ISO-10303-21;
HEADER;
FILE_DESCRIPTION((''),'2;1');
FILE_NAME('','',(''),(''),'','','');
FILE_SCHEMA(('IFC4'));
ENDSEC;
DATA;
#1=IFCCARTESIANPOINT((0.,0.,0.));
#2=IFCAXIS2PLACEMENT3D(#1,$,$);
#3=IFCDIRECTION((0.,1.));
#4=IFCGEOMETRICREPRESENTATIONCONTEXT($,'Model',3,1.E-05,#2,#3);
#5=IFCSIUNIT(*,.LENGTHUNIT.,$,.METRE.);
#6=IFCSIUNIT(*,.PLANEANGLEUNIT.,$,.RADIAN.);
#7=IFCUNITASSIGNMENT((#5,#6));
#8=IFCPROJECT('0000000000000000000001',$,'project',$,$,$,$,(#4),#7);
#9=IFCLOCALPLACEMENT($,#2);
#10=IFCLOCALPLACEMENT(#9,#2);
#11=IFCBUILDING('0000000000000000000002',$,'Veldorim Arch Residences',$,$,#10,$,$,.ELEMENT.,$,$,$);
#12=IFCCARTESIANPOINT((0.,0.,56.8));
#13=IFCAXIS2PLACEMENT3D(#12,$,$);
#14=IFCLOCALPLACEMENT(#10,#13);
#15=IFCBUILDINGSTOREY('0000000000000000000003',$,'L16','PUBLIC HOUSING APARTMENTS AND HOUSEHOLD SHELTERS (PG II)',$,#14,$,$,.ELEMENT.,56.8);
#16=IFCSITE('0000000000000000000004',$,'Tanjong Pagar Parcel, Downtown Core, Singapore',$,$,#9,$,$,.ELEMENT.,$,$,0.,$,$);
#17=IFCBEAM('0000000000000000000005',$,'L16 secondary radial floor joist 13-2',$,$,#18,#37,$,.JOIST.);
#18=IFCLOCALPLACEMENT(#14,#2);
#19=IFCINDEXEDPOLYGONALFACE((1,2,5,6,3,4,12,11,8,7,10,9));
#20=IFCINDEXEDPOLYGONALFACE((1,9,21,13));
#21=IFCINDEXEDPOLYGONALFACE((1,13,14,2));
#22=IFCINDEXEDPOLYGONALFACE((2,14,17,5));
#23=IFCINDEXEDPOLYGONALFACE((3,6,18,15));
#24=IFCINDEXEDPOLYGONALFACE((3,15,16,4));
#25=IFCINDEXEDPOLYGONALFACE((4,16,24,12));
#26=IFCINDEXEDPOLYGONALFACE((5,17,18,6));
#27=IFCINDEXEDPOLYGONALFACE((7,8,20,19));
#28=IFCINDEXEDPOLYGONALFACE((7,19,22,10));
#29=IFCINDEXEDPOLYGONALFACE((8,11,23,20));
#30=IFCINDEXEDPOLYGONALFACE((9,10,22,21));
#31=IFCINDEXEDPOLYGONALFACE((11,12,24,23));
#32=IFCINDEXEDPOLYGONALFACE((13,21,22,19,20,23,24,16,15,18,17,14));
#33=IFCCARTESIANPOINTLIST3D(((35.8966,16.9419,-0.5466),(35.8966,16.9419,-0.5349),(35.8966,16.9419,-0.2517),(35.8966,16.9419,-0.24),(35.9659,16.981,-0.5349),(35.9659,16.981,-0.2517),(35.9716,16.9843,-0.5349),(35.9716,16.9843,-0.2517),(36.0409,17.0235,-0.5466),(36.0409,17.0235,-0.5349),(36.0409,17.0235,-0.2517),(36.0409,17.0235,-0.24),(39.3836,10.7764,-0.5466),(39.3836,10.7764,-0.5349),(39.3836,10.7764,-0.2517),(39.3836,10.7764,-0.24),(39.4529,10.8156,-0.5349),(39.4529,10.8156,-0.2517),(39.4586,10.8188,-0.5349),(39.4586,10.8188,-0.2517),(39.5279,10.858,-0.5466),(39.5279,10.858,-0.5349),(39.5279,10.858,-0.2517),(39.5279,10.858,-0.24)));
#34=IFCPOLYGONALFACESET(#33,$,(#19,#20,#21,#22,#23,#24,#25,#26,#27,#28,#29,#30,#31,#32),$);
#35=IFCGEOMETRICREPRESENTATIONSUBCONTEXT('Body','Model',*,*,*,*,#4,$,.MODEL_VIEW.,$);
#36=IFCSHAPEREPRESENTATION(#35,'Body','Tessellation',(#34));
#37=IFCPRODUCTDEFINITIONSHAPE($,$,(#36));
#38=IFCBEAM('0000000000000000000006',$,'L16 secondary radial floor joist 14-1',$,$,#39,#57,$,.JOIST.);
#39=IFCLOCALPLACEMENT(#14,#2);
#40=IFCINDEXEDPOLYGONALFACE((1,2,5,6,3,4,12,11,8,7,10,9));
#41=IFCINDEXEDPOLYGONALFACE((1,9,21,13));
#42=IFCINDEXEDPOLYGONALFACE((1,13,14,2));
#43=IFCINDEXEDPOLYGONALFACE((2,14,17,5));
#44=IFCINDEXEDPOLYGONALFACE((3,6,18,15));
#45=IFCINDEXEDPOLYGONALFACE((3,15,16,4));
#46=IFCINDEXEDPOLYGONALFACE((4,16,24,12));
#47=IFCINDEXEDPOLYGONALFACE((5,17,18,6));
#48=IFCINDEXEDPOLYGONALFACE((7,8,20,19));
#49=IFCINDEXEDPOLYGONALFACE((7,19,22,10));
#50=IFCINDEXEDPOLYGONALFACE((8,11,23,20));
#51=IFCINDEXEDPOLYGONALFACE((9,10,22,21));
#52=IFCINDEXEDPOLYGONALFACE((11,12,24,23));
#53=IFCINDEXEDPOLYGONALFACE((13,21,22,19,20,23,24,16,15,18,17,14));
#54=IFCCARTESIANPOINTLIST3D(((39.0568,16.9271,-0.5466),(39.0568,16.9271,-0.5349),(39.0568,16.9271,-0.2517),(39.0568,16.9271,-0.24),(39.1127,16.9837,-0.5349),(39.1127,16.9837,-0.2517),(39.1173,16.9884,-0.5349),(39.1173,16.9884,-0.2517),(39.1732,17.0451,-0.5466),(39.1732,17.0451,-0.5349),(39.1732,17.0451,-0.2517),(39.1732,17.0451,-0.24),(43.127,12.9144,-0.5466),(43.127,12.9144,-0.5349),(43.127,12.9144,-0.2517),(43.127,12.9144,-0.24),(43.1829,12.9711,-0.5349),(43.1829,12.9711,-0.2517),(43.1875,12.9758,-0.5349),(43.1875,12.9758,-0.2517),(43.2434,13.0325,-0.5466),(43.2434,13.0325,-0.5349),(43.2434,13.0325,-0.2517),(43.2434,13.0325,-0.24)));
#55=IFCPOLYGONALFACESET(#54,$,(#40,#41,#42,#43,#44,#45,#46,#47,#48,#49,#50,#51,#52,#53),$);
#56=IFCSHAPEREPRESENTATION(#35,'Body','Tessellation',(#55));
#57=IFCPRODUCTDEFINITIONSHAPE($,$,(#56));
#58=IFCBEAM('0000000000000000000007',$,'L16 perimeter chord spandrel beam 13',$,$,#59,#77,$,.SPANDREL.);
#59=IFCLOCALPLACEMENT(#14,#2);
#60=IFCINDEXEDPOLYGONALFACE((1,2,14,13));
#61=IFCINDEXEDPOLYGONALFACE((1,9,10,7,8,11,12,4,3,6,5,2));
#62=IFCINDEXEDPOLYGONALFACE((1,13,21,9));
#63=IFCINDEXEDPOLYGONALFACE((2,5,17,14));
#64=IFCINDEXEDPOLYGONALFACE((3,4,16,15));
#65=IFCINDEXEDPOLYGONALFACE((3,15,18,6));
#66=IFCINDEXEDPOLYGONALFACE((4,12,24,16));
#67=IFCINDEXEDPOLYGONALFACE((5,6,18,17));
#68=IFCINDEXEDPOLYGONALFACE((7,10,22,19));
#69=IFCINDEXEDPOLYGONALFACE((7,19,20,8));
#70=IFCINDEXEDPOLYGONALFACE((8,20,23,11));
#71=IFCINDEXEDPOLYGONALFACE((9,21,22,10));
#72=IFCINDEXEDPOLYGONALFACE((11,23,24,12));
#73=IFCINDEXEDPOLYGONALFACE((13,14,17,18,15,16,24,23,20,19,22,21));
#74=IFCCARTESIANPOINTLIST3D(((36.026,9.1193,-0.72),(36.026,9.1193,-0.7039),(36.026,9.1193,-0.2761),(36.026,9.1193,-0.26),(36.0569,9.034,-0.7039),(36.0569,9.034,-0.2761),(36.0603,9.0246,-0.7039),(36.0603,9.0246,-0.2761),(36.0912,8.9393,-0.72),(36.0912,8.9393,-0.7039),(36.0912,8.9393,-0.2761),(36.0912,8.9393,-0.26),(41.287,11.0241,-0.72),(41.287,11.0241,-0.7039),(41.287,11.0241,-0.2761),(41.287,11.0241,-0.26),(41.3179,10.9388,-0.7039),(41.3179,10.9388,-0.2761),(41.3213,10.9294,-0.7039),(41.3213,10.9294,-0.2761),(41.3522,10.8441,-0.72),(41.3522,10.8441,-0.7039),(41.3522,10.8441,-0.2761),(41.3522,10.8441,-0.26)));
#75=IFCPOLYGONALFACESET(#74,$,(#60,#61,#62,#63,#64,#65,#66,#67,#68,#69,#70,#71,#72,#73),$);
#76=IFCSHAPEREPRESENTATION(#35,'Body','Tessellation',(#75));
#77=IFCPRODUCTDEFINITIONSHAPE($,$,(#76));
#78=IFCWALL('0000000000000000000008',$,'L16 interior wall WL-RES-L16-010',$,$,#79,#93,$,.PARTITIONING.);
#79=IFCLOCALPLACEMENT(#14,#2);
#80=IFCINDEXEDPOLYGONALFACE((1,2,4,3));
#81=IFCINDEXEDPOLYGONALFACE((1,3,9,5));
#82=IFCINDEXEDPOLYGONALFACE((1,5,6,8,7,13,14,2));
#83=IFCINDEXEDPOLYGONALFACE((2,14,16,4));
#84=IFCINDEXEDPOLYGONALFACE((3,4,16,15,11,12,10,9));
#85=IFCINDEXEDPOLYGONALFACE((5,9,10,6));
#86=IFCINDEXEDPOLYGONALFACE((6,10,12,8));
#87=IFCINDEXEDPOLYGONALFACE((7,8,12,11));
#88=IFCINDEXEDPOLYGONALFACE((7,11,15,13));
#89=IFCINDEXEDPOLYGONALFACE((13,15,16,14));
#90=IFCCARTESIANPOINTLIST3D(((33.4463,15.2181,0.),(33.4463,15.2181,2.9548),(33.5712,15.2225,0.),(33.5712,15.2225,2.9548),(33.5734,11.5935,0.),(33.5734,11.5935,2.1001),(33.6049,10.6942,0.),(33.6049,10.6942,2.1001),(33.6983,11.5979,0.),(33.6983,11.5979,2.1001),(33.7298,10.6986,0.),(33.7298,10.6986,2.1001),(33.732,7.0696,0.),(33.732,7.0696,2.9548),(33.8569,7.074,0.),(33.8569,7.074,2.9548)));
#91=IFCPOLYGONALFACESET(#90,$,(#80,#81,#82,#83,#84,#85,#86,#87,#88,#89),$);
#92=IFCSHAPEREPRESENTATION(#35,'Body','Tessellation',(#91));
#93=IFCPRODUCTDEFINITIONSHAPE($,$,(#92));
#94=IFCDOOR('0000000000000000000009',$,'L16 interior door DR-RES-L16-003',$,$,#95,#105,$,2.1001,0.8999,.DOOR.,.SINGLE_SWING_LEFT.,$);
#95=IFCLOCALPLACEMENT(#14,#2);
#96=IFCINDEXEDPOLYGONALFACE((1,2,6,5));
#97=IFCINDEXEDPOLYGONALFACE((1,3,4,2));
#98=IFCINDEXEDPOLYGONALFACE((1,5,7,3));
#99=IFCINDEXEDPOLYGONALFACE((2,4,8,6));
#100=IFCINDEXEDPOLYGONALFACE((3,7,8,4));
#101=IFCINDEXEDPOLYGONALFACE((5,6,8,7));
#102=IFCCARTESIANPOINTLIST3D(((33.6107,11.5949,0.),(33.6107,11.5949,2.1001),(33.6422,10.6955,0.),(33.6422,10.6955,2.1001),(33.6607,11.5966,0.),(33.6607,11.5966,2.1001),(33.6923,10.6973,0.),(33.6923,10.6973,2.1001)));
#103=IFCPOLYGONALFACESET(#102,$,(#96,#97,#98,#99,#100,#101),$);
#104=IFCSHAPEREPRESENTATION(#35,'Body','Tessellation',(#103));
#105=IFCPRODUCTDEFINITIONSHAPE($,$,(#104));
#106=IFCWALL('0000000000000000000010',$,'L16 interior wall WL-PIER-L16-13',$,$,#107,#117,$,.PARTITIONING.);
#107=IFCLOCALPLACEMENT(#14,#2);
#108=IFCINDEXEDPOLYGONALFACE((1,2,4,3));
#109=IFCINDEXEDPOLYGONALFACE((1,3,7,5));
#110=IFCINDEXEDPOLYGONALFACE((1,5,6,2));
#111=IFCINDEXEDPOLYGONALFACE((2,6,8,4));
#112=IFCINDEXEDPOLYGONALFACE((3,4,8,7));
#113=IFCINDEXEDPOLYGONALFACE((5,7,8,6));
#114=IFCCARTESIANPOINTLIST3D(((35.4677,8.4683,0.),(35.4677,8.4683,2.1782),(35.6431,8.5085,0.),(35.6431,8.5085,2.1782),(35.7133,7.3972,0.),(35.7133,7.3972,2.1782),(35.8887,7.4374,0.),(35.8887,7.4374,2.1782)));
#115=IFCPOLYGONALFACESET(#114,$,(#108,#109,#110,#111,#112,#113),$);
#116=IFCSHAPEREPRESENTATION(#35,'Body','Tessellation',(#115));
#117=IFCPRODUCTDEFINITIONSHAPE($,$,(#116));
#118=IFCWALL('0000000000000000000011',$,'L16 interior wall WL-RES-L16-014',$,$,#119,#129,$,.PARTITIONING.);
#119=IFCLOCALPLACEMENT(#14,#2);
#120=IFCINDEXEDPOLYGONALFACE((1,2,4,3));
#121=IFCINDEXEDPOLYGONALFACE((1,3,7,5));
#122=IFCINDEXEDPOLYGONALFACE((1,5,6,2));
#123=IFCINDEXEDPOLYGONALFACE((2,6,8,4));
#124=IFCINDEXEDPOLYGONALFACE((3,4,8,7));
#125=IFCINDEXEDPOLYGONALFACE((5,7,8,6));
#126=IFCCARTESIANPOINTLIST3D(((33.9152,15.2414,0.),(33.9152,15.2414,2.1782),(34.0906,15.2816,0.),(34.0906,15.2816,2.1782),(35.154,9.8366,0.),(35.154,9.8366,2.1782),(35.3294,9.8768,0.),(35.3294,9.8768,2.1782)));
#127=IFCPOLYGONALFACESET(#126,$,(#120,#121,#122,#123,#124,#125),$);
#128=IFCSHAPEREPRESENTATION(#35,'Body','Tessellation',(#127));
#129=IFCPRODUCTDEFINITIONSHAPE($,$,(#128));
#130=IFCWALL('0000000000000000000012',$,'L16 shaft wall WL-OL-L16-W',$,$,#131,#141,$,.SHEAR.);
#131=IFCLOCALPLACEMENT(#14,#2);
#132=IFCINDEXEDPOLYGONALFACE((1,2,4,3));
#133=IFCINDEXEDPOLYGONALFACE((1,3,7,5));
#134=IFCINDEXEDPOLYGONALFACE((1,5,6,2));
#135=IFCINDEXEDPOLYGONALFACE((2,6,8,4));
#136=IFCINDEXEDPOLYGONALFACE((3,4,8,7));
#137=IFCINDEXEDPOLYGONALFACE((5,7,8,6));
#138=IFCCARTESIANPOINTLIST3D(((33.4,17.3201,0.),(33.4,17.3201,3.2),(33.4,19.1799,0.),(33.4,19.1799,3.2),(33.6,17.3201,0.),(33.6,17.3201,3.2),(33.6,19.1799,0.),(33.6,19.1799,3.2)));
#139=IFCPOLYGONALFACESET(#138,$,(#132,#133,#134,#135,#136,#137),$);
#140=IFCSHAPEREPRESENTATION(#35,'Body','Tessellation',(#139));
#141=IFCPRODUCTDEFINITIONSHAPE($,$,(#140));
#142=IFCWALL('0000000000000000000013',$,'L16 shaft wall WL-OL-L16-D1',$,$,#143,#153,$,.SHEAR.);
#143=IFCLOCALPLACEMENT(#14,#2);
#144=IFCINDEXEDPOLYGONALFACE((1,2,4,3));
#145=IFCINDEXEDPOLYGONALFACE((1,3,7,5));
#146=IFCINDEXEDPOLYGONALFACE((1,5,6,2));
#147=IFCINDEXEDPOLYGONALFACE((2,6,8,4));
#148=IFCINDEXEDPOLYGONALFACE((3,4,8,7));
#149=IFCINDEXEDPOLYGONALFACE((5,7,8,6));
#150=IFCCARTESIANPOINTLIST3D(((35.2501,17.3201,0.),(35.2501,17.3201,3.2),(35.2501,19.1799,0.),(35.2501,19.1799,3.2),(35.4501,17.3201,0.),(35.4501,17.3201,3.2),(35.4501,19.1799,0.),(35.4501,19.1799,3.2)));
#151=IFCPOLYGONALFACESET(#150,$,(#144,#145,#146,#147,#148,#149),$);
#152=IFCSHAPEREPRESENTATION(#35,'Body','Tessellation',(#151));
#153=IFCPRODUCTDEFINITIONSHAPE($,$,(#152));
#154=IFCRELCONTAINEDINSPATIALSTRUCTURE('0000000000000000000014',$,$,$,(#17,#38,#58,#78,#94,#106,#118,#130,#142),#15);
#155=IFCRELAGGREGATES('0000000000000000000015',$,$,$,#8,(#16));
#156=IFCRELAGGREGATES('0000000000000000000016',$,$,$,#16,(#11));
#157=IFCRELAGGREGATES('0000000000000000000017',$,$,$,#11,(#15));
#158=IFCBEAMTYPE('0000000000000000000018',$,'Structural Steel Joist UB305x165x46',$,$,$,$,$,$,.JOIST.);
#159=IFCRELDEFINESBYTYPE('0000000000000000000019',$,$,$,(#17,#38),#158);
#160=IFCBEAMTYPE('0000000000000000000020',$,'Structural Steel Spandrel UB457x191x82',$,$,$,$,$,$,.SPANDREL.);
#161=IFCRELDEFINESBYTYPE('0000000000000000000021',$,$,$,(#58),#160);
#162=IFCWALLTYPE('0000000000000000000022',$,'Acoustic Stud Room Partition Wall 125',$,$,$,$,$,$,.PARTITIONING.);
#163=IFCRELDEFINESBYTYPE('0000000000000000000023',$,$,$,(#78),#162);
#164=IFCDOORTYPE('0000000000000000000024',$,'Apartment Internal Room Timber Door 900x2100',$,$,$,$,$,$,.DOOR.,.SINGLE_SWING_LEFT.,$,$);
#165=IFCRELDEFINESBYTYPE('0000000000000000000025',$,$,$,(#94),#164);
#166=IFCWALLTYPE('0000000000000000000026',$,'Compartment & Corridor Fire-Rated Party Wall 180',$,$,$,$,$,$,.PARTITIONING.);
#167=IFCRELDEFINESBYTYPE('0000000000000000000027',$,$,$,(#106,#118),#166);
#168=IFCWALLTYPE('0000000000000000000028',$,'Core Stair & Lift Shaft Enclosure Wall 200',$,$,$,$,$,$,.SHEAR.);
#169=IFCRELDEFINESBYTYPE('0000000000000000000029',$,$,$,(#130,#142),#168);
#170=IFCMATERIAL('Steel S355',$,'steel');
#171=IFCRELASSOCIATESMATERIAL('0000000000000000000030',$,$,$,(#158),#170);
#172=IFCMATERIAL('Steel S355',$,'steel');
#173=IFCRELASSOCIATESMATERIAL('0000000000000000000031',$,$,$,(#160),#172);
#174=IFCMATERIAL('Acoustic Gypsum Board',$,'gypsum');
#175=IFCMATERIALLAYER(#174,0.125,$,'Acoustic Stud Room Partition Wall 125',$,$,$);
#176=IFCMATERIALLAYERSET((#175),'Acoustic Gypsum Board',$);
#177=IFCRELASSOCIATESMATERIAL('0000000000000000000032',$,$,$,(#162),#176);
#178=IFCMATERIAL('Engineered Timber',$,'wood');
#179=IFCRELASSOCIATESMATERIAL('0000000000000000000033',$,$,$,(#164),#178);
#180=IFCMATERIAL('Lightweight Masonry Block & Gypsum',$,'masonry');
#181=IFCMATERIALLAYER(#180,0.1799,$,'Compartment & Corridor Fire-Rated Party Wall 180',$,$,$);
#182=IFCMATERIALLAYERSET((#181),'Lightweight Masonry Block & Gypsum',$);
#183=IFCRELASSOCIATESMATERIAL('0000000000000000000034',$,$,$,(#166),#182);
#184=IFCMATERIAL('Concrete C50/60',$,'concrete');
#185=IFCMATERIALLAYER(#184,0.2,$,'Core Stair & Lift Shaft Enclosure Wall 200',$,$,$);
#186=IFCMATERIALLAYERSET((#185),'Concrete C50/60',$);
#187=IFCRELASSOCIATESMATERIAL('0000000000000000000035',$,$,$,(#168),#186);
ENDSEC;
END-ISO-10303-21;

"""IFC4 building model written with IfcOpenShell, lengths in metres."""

from ifc_helpers import new_model, si_unit, direction, frame, frame_2d, origin, origin_2d, place, context, subcontext, project, spatial, rectangle, i_section, extrude, material, layer, layer_set, material_profile, profile_set, type_object, element, fill, save


model = new_model("IFC4")

# Units and contexts
model_context = context("Model", 3, precision=1e-05, world=origin(), true_north=direction((0.0, 1.0)))
body_context = subcontext(model_context, "Body", "Model", "MODEL_VIEW")
ifc_project = project(units=[si_unit("LENGTHUNIT", "METRE"), si_unit("PLANEANGLEUNIT", "RADIAN")], contexts=[model_context])

# Site, building, storey
site_placement = place(None, origin())
site = spatial("IfcSite", under=ifc_project, at=site_placement, Name="Tanjong Pagar Parcel, Downtown Core, Singapore", CompositionType="ELEMENT", RefElevation=0.0)
building_placement = place(site_placement, origin())
building = spatial("IfcBuilding", under=site, at=building_placement, Name="Veldorim Arch Residences", CompositionType="ELEMENT")
storey_placement = place(building_placement, frame((0.0, 0.0, 56.8)))
storey = spatial("IfcBuildingStorey", under=building, at=storey_placement, Name="L16", Description="PUBLIC HOUSING APARTMENTS AND HOUSEHOLD SHELTERS (PG II)", CompositionType="ELEMENT", Elevation=56.8)

# Beams
ifc_material_1 = material(Name="Steel S355", Category="steel")
ifc_material_profile_1 = material_profile(ifc_material_1, i_section(OverallWidth=0.1658, OverallDepth=0.3066, WebThickness=0.0066, FlangeThickness=0.0117, at=origin_2d()), Name="UB305x165x46")
ifc_profile_set_1 = profile_set([ifc_material_profile_1], Name="Steel S355")
beam_type_1 = type_object("IfcBeamType", Name="Structural Steel Joist UB305x165x46", PredefinedType="JOIST", material=ifc_profile_set_1)
beam_1_placement = place(storey_placement, frame((35.9688, 16.9827, -0.3933), z_axis=(0.492292, -0.87043, 0.0), x_axis=(0.87043, 0.492292, 0.0)))
element("IfcBeam", 1, at=beam_1_placement, inside=storey, type_object=beam_type_1, Name="L16 secondary radial floor joist 13-2", PredefinedType="JOIST", context=body_context, shape_type="SweptSolid", body=[
    extrude(i_section(OverallWidth=0.1658, OverallDepth=0.3066, WebThickness=0.0066, FlangeThickness=0.0117, at=origin_2d()), origin(), (0.0, 0.0, 1.0), 7.0833),
])
beam_2_placement = place(storey_placement, frame((39.115, 16.9861, -0.3933), z_axis=(0.712129, -0.702049, 0.0), x_axis=(0.702049, 0.712129, 0.0)))
element("IfcBeam", 2, at=beam_2_placement, inside=storey, type_object=beam_type_1, Name="L16 secondary radial floor joist 14-1", PredefinedType="JOIST", context=body_context, shape_type="SweptSolid", body=[
    extrude(i_section(OverallWidth=0.1658, OverallDepth=0.3066, WebThickness=0.0066, FlangeThickness=0.0117, at=origin_2d()), origin(), (0.0, 0.0, 1.0), 5.7156),
])
ifc_material_2 = material(Name="Steel S355", Category="steel")
ifc_material_profile_2 = material_profile(ifc_material_2, i_section(OverallWidth=0.1914, OverallDepth=0.46, WebThickness=0.01, FlangeThickness=0.0161, at=origin_2d()), Name="UB457x191x82")
ifc_profile_set_2 = profile_set([ifc_material_profile_2], Name="Steel S355")
beam_type_2 = type_object("IfcBeamType", Name="Structural Steel Spandrel UB457x191x82", PredefinedType="SPANDREL", material=ifc_profile_set_2)
beam_3_placement = place(storey_placement, frame((36.0586, 9.0293, -0.49), z_axis=(0.940269, 0.340432, 0.0), x_axis=(-0.340432, 0.940269, 0.0)))
element("IfcBeam", 3, at=beam_3_placement, inside=storey, type_object=beam_type_2, Name="L16 perimeter chord spandrel beam 13", PredefinedType="SPANDREL", context=body_context, shape_type="SweptSolid", body=[
    extrude(i_section(OverallWidth=0.1914, OverallDepth=0.46, WebThickness=0.01, FlangeThickness=0.0161, at=origin_2d()), origin(), (0.0, 0.0, 1.0), 5.5952),
])

# Wall, opening, door
ifc_material_3 = material(Name="Acoustic Gypsum Board", Category="gypsum")
ifc_layer_1 = layer(ifc_material_3, 0.125, Name="Acoustic Stud Room Partition Wall 125")
ifc_layer_set_1 = layer_set([ifc_layer_1], Name="Acoustic Gypsum Board")
wall_type_1 = type_object("IfcWallType", Name="Acoustic Stud Room Partition Wall 125", PredefinedType="PARTITIONING", material=ifc_layer_set_1)
wall_1_placement = place(storey_placement, frame((33.5088, 15.2202, 0.0), z_axis=(0.0, 0.0, 1.0), x_axis=(0.035034, -0.999386, 0.0)))
wall_1 = element("IfcWall", 4, at=wall_1_placement, inside=storey, type_object=wall_type_1, Name="L16 interior wall WL-RES-L16-010", PredefinedType="PARTITIONING", context=body_context, shape_type="SweptSolid", body=[
    extrude(rectangle(XDim=8.1536, YDim=0.125, at=frame_2d((4.0767, 0.0))), origin(), (0.0, 0.0, 1.0), 2.9548),
])
opening_1_placement = place(wall_1_placement, frame((3.6267, 0.0, 0.0)))
opening_1 = element("IfcOpeningElement", 5, at=opening_1_placement, cuts=wall_1, PredefinedType="OPENING", context=body_context, shape_type="SweptSolid", body=[
    extrude(rectangle(XDim=0.8999, YDim=2.1001, at=frame_2d((0.45, 1.05))), frame((0.0, 0.0725, 0.0), z_axis=(0.0, -1.0, 0.0), x_axis=(1.0, 0.0, 0.0)), (0.0, 0.0, 1.0), 0.145),
])
ifc_material_4 = material(Name="Engineered Timber", Category="wood")
door_type = type_object("IfcDoorType", Name="Apartment Internal Room Timber Door 900x2100", OperationType="SINGLE_SWING_LEFT", PredefinedType="DOOR", material=ifc_material_4)
door_placement = place(opening_1_placement, origin())
door = element("IfcDoor", 6, at=door_placement, inside=storey, type_object=door_type, Name="L16 interior door DR-RES-L16-003", OperationType="SINGLE_SWING_LEFT", OverallHeight=2.1001, OverallWidth=0.8999, PredefinedType="DOOR", context=body_context, shape_type="SweptSolid", body=[
    extrude(rectangle(XDim=0.8999, YDim=2.1001, at=frame_2d((0.45, 1.05))), frame((0.0, 0.0249, 0.0), z_axis=(0.0, -1.0, 0.0), x_axis=(1.0, 0.0, 0.0)), (0.0, 0.0, 1.0), 0.05),
])
fill(opening_1, door)

# Walls
ifc_material_5 = material(Name="Lightweight Masonry Block & Gypsum", Category="masonry")
ifc_layer_2 = layer(ifc_material_5, 0.1799, Name="Compartment & Corridor Fire-Rated Party Wall 180")
ifc_layer_set_2 = layer_set([ifc_layer_2], Name="Lightweight Masonry Block & Gypsum")
wall_type_2 = type_object("IfcWallType", Name="Compartment & Corridor Fire-Rated Party Wall 180", PredefinedType="PARTITIONING", material=ifc_layer_set_2)
wall_2_placement = place(storey_placement, frame((35.5554, 8.4883, 0.0), z_axis=(0.0, 0.0, 1.0), x_axis=(0.223512, -0.974701, 0.0)))
element("IfcWall", 7, at=wall_2_placement, inside=storey, type_object=wall_type_2, Name="L16 interior wall WL-PIER-L16-13", PredefinedType="PARTITIONING", context=body_context, shape_type="SweptSolid", body=[
    extrude(rectangle(XDim=1.0989, YDim=0.1799, at=frame_2d((0.5493, 0.0))), origin(), (0.0, 0.0, 1.0), 2.1782),
])
wall_3_placement = place(storey_placement, frame((34.0029, 15.2615, 0.0), z_axis=(0.0, 0.0, 1.0), x_axis=(0.223406, -0.974726, 0.0)))
element("IfcWall", 8, at=wall_3_placement, inside=storey, type_object=wall_type_2, Name="L16 interior wall WL-RES-L16-014", PredefinedType="PARTITIONING", context=body_context, shape_type="SweptSolid", body=[
    extrude(rectangle(XDim=5.5449, YDim=0.1799, at=frame_2d((2.7725, 0.0))), origin(), (0.0, 0.0, 1.0), 2.1782),
])
ifc_material_6 = material(Name="Concrete C50/60", Category="concrete")
ifc_layer_3 = layer(ifc_material_6, 0.2, Name="Core Stair & Lift Shaft Enclosure Wall 200")
ifc_layer_set_3 = layer_set([ifc_layer_3], Name="Concrete C50/60")
wall_type_3 = type_object("IfcWallType", Name="Core Stair & Lift Shaft Enclosure Wall 200", PredefinedType="SHEAR", material=ifc_layer_set_3)
for number, where, z_axis, x_axis, name in (
    (9, (33.5, 17.3201, 0.0), (0.0, 0.0, 1.0), (0.0, 1.0, 0.0), "L16 shaft wall WL-OL-L16-W"),
    (10, (35.3501, 17.3201, 0.0), (0.0, 0.0, 1.0), (0.0, 1.0, 0.0), "L16 shaft wall WL-OL-L16-D1"),
):
    element("IfcWall", number, at=place(storey_placement, frame(where, z_axis=z_axis, x_axis=x_axis)), inside=storey, type_object=wall_type_3, Name=name, PredefinedType="SHEAR", context=body_context, shape_type="SweptSolid", body=[
        extrude(rectangle(XDim=1.8599, YDim=0.2, at=frame_2d((0.9299, 0.0))), origin(), (0.0, 0.0, 1.0), 3.2),
    ])

save(model, "model.ifc")
